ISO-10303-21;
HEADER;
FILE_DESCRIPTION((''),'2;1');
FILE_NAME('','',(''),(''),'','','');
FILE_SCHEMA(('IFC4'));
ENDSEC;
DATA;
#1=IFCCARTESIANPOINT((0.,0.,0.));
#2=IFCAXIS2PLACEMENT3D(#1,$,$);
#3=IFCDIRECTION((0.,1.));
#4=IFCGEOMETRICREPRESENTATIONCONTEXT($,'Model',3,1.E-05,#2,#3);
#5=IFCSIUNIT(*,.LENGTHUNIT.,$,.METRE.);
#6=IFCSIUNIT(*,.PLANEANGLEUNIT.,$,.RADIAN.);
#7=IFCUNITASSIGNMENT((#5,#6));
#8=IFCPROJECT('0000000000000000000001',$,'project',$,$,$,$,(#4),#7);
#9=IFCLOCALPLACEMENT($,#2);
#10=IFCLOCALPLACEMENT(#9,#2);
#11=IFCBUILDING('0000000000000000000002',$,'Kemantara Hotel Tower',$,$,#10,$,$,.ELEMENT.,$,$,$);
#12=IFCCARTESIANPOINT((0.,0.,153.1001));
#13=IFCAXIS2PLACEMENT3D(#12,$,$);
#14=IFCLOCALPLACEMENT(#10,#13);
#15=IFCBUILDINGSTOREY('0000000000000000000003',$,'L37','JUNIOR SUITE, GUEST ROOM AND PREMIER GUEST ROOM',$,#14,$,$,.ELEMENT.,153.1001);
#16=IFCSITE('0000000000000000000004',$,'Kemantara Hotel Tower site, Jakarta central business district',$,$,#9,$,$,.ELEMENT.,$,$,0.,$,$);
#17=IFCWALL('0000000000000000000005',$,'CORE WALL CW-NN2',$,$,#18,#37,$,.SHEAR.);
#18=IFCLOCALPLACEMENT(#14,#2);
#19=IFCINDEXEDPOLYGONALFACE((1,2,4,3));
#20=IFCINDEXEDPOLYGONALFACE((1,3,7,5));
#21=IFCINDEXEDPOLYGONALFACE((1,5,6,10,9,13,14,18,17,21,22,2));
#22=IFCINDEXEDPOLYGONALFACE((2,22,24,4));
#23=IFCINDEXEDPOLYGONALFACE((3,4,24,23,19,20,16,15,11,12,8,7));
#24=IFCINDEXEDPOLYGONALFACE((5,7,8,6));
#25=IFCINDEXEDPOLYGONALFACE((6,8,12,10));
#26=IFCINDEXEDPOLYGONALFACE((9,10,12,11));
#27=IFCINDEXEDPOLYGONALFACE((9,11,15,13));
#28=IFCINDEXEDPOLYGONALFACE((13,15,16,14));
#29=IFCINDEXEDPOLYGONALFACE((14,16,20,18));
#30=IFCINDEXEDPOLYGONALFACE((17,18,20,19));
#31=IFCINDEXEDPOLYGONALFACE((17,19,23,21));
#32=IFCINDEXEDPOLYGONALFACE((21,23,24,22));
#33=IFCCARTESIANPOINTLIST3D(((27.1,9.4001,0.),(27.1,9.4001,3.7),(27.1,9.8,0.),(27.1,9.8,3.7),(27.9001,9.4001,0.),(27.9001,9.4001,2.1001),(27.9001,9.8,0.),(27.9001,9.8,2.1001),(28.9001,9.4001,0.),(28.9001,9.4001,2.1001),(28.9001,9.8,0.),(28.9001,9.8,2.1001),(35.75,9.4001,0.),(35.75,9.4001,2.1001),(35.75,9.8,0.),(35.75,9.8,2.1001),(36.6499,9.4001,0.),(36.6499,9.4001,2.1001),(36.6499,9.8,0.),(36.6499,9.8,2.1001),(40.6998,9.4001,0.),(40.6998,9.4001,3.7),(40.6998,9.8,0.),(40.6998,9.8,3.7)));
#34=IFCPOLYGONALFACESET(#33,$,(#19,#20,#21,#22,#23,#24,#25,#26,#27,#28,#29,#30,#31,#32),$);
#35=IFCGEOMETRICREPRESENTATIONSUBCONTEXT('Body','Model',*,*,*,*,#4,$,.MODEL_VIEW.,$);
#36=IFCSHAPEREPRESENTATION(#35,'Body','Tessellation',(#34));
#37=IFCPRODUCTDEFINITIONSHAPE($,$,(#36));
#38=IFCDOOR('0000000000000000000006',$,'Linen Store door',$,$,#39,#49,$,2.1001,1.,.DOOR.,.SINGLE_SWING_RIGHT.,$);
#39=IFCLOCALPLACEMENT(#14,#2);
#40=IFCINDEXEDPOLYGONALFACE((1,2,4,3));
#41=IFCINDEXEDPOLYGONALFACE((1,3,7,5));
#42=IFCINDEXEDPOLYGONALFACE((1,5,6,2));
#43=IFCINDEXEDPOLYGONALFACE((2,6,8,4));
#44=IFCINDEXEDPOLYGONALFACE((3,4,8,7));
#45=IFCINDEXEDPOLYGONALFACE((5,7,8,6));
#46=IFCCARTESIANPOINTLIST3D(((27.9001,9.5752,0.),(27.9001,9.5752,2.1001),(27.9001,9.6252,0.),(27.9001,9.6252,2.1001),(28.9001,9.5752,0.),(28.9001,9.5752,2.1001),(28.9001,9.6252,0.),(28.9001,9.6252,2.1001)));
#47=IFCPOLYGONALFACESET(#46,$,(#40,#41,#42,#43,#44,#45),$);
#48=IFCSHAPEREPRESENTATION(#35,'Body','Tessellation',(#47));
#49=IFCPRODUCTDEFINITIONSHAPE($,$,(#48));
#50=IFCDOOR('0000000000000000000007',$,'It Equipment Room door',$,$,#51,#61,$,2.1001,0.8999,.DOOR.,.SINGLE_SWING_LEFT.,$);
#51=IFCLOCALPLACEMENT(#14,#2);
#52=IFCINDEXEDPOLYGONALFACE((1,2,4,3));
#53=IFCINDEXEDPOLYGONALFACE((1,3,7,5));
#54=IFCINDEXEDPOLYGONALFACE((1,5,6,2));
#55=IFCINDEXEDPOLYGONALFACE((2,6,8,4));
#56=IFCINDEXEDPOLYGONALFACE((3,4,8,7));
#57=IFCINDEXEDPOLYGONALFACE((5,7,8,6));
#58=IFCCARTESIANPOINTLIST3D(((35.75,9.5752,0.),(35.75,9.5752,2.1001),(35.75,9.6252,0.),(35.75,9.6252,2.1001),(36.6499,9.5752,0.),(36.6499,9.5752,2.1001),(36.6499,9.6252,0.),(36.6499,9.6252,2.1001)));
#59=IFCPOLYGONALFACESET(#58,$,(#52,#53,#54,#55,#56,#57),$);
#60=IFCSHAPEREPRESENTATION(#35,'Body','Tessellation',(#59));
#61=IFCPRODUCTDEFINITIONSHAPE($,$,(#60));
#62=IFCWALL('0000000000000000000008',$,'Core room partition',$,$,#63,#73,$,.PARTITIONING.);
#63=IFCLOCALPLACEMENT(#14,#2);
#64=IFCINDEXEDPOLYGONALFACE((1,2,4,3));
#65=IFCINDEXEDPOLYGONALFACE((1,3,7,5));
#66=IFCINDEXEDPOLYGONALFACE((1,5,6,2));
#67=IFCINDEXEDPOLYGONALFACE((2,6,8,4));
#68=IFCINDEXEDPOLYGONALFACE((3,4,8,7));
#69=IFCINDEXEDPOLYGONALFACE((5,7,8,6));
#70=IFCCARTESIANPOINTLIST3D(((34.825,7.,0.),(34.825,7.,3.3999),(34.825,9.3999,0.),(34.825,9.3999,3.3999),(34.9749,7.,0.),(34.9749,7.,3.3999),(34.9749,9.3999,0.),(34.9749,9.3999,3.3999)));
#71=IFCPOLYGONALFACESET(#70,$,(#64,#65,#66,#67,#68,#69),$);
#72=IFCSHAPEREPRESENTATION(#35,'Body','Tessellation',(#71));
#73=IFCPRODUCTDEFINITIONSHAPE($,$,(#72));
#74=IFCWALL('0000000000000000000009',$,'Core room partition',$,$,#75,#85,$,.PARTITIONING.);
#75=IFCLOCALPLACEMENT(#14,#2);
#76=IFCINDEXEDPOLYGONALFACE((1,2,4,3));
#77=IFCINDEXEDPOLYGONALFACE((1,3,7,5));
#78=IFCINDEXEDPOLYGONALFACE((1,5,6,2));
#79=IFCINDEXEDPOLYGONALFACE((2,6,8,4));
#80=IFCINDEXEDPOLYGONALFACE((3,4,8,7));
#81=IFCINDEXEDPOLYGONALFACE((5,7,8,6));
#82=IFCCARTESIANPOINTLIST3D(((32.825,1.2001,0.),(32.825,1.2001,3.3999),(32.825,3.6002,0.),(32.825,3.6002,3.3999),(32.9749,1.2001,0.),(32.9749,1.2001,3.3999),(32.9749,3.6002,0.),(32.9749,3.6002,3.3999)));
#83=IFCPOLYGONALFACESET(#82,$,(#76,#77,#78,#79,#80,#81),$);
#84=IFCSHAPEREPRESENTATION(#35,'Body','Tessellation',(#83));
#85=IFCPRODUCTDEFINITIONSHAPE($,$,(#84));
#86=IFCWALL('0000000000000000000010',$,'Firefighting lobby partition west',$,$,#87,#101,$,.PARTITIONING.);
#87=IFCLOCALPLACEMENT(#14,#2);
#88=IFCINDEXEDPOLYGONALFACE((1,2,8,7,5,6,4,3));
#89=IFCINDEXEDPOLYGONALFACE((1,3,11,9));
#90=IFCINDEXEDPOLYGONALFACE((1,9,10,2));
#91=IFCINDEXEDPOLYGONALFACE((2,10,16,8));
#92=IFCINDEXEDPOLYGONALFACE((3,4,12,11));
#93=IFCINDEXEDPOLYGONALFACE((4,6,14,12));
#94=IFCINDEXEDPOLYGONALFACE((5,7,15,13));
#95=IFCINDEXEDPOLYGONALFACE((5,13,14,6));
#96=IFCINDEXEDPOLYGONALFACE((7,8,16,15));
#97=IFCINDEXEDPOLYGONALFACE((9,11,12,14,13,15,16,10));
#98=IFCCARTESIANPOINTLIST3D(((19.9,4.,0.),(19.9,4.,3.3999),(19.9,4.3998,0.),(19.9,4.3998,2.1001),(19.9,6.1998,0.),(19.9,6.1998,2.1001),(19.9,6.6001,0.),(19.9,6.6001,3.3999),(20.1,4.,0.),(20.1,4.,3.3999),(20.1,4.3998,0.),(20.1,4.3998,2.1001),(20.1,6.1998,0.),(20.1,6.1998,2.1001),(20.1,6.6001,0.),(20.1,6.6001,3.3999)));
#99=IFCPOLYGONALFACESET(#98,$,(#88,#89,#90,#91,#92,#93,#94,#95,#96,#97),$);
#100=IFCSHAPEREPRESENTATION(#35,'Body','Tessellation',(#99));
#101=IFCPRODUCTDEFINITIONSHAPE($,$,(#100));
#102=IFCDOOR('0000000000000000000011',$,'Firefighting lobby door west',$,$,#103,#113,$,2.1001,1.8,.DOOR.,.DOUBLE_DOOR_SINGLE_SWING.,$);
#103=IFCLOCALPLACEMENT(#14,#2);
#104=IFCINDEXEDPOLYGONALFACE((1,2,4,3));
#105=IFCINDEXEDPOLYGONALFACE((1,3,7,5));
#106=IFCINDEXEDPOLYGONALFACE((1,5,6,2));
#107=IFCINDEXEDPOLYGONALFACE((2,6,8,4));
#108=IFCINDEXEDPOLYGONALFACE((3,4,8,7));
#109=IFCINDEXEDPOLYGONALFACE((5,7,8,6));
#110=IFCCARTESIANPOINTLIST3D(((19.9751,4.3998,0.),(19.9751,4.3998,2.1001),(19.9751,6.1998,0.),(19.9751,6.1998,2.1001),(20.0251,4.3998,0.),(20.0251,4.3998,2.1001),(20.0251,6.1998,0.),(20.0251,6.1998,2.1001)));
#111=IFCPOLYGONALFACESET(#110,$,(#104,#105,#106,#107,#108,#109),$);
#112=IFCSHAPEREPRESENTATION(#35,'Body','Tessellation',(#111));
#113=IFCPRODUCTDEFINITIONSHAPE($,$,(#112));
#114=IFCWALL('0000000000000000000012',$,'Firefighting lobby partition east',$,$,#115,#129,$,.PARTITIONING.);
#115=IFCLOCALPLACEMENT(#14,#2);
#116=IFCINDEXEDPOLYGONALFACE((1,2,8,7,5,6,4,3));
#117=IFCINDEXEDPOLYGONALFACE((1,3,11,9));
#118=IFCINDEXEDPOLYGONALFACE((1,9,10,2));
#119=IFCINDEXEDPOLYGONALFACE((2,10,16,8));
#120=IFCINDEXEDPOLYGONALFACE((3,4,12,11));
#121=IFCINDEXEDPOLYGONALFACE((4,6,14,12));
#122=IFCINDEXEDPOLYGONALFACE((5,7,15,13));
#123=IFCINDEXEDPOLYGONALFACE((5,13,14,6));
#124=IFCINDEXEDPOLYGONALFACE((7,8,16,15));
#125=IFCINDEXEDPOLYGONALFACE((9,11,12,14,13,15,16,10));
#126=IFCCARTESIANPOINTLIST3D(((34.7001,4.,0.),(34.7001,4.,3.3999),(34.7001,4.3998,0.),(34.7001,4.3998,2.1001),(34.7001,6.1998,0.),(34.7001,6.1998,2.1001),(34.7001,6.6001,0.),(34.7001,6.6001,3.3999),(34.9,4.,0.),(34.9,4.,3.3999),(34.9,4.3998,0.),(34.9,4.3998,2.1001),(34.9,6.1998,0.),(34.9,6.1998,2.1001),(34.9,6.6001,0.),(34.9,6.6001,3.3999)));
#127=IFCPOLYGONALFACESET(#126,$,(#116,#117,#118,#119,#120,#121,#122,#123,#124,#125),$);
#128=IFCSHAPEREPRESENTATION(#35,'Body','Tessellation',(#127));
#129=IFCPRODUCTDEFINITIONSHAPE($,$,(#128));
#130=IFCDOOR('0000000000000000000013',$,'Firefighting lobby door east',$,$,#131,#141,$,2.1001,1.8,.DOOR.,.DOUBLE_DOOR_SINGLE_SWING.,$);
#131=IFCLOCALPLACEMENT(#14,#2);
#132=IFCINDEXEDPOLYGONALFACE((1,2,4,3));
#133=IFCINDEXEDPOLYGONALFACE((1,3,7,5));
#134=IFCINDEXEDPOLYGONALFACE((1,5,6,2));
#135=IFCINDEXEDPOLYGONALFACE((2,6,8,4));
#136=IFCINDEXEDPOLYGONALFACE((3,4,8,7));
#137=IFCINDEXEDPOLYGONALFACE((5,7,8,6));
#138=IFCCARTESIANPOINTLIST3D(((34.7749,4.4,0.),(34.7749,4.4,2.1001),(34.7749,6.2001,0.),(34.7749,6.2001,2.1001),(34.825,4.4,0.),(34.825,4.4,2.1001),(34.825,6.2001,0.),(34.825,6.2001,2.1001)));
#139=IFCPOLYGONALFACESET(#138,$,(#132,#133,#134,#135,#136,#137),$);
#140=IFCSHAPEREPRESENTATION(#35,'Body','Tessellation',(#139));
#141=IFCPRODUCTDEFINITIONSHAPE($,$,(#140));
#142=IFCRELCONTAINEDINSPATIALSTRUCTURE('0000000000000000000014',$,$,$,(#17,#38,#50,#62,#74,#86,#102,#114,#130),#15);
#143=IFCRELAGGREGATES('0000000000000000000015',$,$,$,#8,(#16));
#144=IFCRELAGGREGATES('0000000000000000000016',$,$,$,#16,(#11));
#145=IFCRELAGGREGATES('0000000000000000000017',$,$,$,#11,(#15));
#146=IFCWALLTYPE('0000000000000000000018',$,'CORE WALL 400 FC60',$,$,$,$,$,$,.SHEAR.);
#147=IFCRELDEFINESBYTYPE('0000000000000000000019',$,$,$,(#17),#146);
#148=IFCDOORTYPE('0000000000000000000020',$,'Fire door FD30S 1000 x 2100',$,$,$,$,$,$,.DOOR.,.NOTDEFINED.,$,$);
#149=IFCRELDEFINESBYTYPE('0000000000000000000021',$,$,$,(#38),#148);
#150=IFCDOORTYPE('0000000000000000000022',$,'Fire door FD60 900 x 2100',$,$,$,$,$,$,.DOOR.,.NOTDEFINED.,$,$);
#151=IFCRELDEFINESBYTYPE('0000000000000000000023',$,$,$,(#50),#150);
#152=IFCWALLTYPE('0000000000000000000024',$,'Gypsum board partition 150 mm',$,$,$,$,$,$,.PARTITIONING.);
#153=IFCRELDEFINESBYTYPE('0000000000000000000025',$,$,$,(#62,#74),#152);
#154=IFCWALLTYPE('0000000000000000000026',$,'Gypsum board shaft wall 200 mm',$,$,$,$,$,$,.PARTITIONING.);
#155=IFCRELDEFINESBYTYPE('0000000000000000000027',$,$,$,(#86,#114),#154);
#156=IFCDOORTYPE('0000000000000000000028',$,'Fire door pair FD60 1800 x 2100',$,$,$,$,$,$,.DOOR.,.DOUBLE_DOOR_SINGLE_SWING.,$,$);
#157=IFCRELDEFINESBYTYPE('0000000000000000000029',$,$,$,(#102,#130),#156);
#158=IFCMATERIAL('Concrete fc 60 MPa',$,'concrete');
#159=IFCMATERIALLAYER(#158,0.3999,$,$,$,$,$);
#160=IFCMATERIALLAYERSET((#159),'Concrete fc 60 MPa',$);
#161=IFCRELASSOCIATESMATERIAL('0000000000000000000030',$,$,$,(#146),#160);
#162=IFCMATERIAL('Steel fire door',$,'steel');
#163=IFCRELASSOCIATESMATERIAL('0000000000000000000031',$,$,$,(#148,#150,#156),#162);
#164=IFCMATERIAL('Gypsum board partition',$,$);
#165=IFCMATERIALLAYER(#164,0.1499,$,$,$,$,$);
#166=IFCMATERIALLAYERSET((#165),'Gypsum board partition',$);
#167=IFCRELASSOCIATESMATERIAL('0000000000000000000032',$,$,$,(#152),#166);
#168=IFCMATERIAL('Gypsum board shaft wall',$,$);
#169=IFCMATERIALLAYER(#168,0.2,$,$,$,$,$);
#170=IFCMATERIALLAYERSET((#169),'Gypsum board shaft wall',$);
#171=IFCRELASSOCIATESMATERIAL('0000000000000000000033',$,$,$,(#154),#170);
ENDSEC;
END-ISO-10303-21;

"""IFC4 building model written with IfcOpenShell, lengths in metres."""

from ifc_helpers import new_model, si_unit, direction, frame, frame_2d, origin, place, context, subcontext, project, spatial, rectangle, extrude, material, layer, layer_set, type_object, element, fill, save


model = new_model("IFC4")

# Units and contexts
model_context = context("Model", 3, precision=1e-05, world=origin(), true_north=direction((0.0, 1.0)))
body_context = subcontext(model_context, "Body", "Model", "MODEL_VIEW")
ifc_project = project(units=[si_unit("LENGTHUNIT", "METRE"), si_unit("PLANEANGLEUNIT", "RADIAN")], contexts=[model_context])

# Site, building, storey
site_placement = place(None, origin())
site = spatial("IfcSite", under=ifc_project, at=site_placement, Name="Kemantara Hotel Tower site, Jakarta central business district", CompositionType="ELEMENT", RefElevation=0.0)
building_placement = place(site_placement, origin())
building = spatial("IfcBuilding", under=site, at=building_placement, Name="Kemantara Hotel Tower", CompositionType="ELEMENT")
storey_placement = place(building_placement, frame((0.0, 0.0, 153.1001)))
storey = spatial("IfcBuildingStorey", under=building, at=storey_placement, Name="L37", Description="JUNIOR SUITE, GUEST ROOM AND PREMIER GUEST ROOM", CompositionType="ELEMENT", Elevation=153.1001)

# Shared definitions
ifc_material_1 = material(Name="Concrete fc 60 MPa", Category="concrete")

# Wall, openings, doors
ifc_layer_1 = layer(ifc_material_1, 0.3999)
ifc_layer_set_1 = layer_set([ifc_layer_1], Name="Concrete fc 60 MPa")
wall_type_1 = type_object("IfcWallType", Name="CORE WALL 400 FC60", PredefinedType="SHEAR", material=ifc_layer_set_1)
wall_1_placement = place(storey_placement, frame((27.1001, 9.6001, 0.0), z_axis=(0.0, 0.0, 1.0), x_axis=(1.0, 0.0, 0.0)))
wall_1 = element("IfcWall", 1, at=wall_1_placement, inside=storey, type_object=wall_type_1, Name="CORE WALL CW-NN2", PredefinedType="SHEAR", context=body_context, shape_type="SweptSolid", body=[
    extrude(rectangle(XDim=13.5999, YDim=0.3999, at=frame_2d((6.7998, 0.0))), origin(), (0.0, 0.0, 1.0), 3.7),
])
opening_1_placement = place(wall_1_placement, frame((0.8, 0.0, 0.0)))
opening_1 = element("IfcOpeningElement", 2, at=opening_1_placement, cuts=wall_1, PredefinedType="OPENING", context=body_context, shape_type="SweptSolid", body=[
    extrude(rectangle(XDim=1.0, YDim=2.1001, at=frame_2d((0.5, 1.05))), frame((0.0, 0.21, 0.0), z_axis=(0.0, -1.0, 0.0), x_axis=(1.0, 0.0, 0.0)), (0.0, 0.0, 1.0), 0.4199),
])
opening_2_placement = place(wall_1_placement, frame((8.6499, 0.0, 0.0)))
opening_2 = element("IfcOpeningElement", 3, at=opening_2_placement, cuts=wall_1, PredefinedType="OPENING", context=body_context, shape_type="SweptSolid", body=[
    extrude(rectangle(XDim=0.8999, YDim=2.1001, at=frame_2d((0.45, 1.05))), frame((0.0, 0.21, 0.0), z_axis=(0.0, -1.0, 0.0), x_axis=(1.0, 0.0, 0.0)), (0.0, 0.0, 1.0), 0.4199),
])
ifc_material_2 = material(Name="Steel fire door", Category="steel")
door_type_1 = type_object("IfcDoorType", Name="Fire door FD30S 1000 x 2100", OperationType="NOTDEFINED", PredefinedType="DOOR", material=ifc_material_2)
door_1_placement = place(opening_1_placement, frame((1.0, 0.0, 0.0), z_axis=(0.0, 0.0, 1.0), x_axis=(-1.0, 0.0, 0.0)))
door_1 = element("IfcDoor", 4, at=door_1_placement, inside=storey, type_object=door_type_1, Name="Linen Store door", OperationType="SINGLE_SWING_RIGHT", OverallHeight=2.1001, OverallWidth=1.0, PredefinedType="DOOR", context=body_context, shape_type="SweptSolid", body=[
    extrude(rectangle(XDim=1.0, YDim=2.1001, at=frame_2d((0.5, 1.05))), frame((0.0, 0.0249, 0.0), z_axis=(0.0, -1.0, 0.0), x_axis=(1.0, 0.0, 0.0)), (0.0, 0.0, 1.0), 0.05),
])
fill(opening_1, door_1)
door_type_2 = type_object("IfcDoorType", Name="Fire door FD60 900 x 2100", OperationType="NOTDEFINED", PredefinedType="DOOR", material=ifc_material_2)
door_2_placement = place(opening_2_placement, frame((0.8999, 0.0, 0.0), z_axis=(0.0, 0.0, 1.0), x_axis=(-1.0, 0.0, 0.0)))
door_2 = element("IfcDoor", 5, at=door_2_placement, inside=storey, type_object=door_type_2, Name="It Equipment Room door", OperationType="SINGLE_SWING_LEFT", OverallHeight=2.1001, OverallWidth=0.8999, PredefinedType="DOOR", context=body_context, shape_type="SweptSolid", body=[
    extrude(rectangle(XDim=0.8999, YDim=2.1001, at=frame_2d((0.45, 1.05))), frame((0.0, 0.0249, 0.0), z_axis=(0.0, -1.0, 0.0), x_axis=(1.0, 0.0, 0.0)), (0.0, 0.0, 1.0), 0.05),
])
fill(opening_2, door_2)

# Walls
ifc_material_3 = material(Name="Gypsum board partition")
ifc_layer_2 = layer(ifc_material_3, 0.1499)
ifc_layer_set_2 = layer_set([ifc_layer_2], Name="Gypsum board partition")
wall_type_2 = type_object("IfcWallType", Name="Gypsum board partition 150 mm", PredefinedType="PARTITIONING", material=ifc_layer_set_2)
wall_2_placement = place(storey_placement, frame((34.8999, 7.0, 0.0), z_axis=(0.0, 0.0, 1.0), x_axis=(0.0, 1.0, 0.0)))
element("IfcWall", 6, at=wall_2_placement, inside=storey, type_object=wall_type_2, Name="Core room partition", PredefinedType="PARTITIONING", context=body_context, shape_type="SweptSolid", body=[
    extrude(rectangle(XDim=2.3999, YDim=0.1499, at=frame_2d((1.2, 0.0))), origin(), (0.0, 0.0, 1.0), 3.3999),
])
wall_3_placement = place(storey_placement, frame((32.8999, 1.2, 0.0), z_axis=(0.0, 0.0, 1.0), x_axis=(0.0, 1.0, 0.0)))
element("IfcWall", 7, at=wall_3_placement, inside=storey, type_object=wall_type_2, Name="Core room partition", PredefinedType="PARTITIONING", context=body_context, shape_type="SweptSolid", body=[
    extrude(rectangle(XDim=2.4001, YDim=0.1499, at=frame_2d((1.2002, 0.0))), origin(), (0.0, 0.0, 1.0), 3.3999),
])

# Walls, openings, doors
ifc_material_4 = material(Name="Gypsum board shaft wall")
ifc_layer_3 = layer(ifc_material_4, 0.2)
ifc_layer_set_3 = layer_set([ifc_layer_3], Name="Gypsum board shaft wall")
wall_type_3 = type_object("IfcWallType", Name="Gypsum board shaft wall 200 mm", PredefinedType="PARTITIONING", material=ifc_layer_set_3)
wall_4_placement = place(storey_placement, frame((20.0, 4.0, 0.0), z_axis=(0.0, 0.0, 1.0), x_axis=(0.0, 1.0, 0.0)))
wall_4 = element("IfcWall", 8, at=wall_4_placement, inside=storey, type_object=wall_type_3, Name="Firefighting lobby partition west", PredefinedType="PARTITIONING", context=body_context, shape_type="SweptSolid", body=[
    extrude(rectangle(XDim=2.6001, YDim=0.2, at=frame_2d((1.3, 0.0))), origin(), (0.0, 0.0, 1.0), 3.3999),
])
opening_3_placement = place(wall_4_placement, frame((0.3999, 0.0, 0.0)))
opening_3 = element("IfcOpeningElement", 9, at=opening_3_placement, cuts=wall_4, PredefinedType="OPENING", context=body_context, shape_type="SweptSolid", body=[
    extrude(rectangle(XDim=1.8, YDim=2.1001, at=frame_2d((0.8999, 1.05))), frame((0.0, 0.1099, 0.0), z_axis=(0.0, -1.0, 0.0), x_axis=(1.0, 0.0, 0.0)), (0.0, 0.0, 1.0), 0.22),
])
door_type_3 = type_object("IfcDoorType", Name="Fire door pair FD60 1800 x 2100", OperationType="DOUBLE_DOOR_SINGLE_SWING", PredefinedType="DOOR", material=ifc_material_2)
door_3_placement = place(opening_3_placement, origin())
door_3 = element("IfcDoor", 10, at=door_3_placement, inside=storey, type_object=door_type_3, Name="Firefighting lobby door west", OperationType="DOUBLE_DOOR_SINGLE_SWING", OverallHeight=2.1001, OverallWidth=1.8, PredefinedType="DOOR", context=body_context, shape_type="SweptSolid", body=[
    extrude(rectangle(XDim=1.8, YDim=2.1001, at=frame_2d((0.8999, 1.05))), frame((0.0, 0.0249, 0.0), z_axis=(0.0, -1.0, 0.0), x_axis=(1.0, 0.0, 0.0)), (0.0, 0.0, 1.0), 0.05),
])
fill(opening_3, door_3)
wall_5_placement = place(storey_placement, frame((34.8, 4.0, 0.0), z_axis=(0.0, 0.0, 1.0), x_axis=(0.0, 1.0, 0.0)))
wall_5 = element("IfcWall", 11, at=wall_5_placement, inside=storey, type_object=wall_type_3, Name="Firefighting lobby partition east", PredefinedType="PARTITIONING", context=body_context, shape_type="SweptSolid", body=[
    extrude(rectangle(XDim=2.6001, YDim=0.2, at=frame_2d((1.3, 0.0))), origin(), (0.0, 0.0, 1.0), 3.3999),
])
opening_4_placement = place(wall_5_placement, frame((0.3999, 0.0, 0.0)))
opening_4 = element("IfcOpeningElement", 12, at=opening_4_placement, cuts=wall_5, PredefinedType="OPENING", context=body_context, shape_type="SweptSolid", body=[
    extrude(rectangle(XDim=1.8, YDim=2.1001, at=frame_2d((0.8999, 1.05))), frame((0.0, 0.1099, 0.0), z_axis=(0.0, -1.0, 0.0), x_axis=(1.0, 0.0, 0.0)), (0.0, 0.0, 1.0), 0.22),
])
door_4_placement = place(opening_4_placement, frame((1.8, 0.0, 0.0), z_axis=(0.0, 0.0, 1.0), x_axis=(-1.0, 0.0, 0.0)))
door_4 = element("IfcDoor", 13, at=door_4_placement, inside=storey, type_object=door_type_3, Name="Firefighting lobby door east", OperationType="DOUBLE_DOOR_SINGLE_SWING", OverallHeight=2.1001, OverallWidth=1.8, PredefinedType="DOOR", context=body_context, shape_type="SweptSolid", body=[
    extrude(rectangle(XDim=1.8, YDim=2.1001, at=frame_2d((0.8999, 1.05))), frame((0.0, 0.0249, 0.0), z_axis=(0.0, -1.0, 0.0), x_axis=(1.0, 0.0, 0.0)), (0.0, 0.0, 1.0), 0.05),
])
fill(opening_4, door_4)

save(model, "model.ifc")
